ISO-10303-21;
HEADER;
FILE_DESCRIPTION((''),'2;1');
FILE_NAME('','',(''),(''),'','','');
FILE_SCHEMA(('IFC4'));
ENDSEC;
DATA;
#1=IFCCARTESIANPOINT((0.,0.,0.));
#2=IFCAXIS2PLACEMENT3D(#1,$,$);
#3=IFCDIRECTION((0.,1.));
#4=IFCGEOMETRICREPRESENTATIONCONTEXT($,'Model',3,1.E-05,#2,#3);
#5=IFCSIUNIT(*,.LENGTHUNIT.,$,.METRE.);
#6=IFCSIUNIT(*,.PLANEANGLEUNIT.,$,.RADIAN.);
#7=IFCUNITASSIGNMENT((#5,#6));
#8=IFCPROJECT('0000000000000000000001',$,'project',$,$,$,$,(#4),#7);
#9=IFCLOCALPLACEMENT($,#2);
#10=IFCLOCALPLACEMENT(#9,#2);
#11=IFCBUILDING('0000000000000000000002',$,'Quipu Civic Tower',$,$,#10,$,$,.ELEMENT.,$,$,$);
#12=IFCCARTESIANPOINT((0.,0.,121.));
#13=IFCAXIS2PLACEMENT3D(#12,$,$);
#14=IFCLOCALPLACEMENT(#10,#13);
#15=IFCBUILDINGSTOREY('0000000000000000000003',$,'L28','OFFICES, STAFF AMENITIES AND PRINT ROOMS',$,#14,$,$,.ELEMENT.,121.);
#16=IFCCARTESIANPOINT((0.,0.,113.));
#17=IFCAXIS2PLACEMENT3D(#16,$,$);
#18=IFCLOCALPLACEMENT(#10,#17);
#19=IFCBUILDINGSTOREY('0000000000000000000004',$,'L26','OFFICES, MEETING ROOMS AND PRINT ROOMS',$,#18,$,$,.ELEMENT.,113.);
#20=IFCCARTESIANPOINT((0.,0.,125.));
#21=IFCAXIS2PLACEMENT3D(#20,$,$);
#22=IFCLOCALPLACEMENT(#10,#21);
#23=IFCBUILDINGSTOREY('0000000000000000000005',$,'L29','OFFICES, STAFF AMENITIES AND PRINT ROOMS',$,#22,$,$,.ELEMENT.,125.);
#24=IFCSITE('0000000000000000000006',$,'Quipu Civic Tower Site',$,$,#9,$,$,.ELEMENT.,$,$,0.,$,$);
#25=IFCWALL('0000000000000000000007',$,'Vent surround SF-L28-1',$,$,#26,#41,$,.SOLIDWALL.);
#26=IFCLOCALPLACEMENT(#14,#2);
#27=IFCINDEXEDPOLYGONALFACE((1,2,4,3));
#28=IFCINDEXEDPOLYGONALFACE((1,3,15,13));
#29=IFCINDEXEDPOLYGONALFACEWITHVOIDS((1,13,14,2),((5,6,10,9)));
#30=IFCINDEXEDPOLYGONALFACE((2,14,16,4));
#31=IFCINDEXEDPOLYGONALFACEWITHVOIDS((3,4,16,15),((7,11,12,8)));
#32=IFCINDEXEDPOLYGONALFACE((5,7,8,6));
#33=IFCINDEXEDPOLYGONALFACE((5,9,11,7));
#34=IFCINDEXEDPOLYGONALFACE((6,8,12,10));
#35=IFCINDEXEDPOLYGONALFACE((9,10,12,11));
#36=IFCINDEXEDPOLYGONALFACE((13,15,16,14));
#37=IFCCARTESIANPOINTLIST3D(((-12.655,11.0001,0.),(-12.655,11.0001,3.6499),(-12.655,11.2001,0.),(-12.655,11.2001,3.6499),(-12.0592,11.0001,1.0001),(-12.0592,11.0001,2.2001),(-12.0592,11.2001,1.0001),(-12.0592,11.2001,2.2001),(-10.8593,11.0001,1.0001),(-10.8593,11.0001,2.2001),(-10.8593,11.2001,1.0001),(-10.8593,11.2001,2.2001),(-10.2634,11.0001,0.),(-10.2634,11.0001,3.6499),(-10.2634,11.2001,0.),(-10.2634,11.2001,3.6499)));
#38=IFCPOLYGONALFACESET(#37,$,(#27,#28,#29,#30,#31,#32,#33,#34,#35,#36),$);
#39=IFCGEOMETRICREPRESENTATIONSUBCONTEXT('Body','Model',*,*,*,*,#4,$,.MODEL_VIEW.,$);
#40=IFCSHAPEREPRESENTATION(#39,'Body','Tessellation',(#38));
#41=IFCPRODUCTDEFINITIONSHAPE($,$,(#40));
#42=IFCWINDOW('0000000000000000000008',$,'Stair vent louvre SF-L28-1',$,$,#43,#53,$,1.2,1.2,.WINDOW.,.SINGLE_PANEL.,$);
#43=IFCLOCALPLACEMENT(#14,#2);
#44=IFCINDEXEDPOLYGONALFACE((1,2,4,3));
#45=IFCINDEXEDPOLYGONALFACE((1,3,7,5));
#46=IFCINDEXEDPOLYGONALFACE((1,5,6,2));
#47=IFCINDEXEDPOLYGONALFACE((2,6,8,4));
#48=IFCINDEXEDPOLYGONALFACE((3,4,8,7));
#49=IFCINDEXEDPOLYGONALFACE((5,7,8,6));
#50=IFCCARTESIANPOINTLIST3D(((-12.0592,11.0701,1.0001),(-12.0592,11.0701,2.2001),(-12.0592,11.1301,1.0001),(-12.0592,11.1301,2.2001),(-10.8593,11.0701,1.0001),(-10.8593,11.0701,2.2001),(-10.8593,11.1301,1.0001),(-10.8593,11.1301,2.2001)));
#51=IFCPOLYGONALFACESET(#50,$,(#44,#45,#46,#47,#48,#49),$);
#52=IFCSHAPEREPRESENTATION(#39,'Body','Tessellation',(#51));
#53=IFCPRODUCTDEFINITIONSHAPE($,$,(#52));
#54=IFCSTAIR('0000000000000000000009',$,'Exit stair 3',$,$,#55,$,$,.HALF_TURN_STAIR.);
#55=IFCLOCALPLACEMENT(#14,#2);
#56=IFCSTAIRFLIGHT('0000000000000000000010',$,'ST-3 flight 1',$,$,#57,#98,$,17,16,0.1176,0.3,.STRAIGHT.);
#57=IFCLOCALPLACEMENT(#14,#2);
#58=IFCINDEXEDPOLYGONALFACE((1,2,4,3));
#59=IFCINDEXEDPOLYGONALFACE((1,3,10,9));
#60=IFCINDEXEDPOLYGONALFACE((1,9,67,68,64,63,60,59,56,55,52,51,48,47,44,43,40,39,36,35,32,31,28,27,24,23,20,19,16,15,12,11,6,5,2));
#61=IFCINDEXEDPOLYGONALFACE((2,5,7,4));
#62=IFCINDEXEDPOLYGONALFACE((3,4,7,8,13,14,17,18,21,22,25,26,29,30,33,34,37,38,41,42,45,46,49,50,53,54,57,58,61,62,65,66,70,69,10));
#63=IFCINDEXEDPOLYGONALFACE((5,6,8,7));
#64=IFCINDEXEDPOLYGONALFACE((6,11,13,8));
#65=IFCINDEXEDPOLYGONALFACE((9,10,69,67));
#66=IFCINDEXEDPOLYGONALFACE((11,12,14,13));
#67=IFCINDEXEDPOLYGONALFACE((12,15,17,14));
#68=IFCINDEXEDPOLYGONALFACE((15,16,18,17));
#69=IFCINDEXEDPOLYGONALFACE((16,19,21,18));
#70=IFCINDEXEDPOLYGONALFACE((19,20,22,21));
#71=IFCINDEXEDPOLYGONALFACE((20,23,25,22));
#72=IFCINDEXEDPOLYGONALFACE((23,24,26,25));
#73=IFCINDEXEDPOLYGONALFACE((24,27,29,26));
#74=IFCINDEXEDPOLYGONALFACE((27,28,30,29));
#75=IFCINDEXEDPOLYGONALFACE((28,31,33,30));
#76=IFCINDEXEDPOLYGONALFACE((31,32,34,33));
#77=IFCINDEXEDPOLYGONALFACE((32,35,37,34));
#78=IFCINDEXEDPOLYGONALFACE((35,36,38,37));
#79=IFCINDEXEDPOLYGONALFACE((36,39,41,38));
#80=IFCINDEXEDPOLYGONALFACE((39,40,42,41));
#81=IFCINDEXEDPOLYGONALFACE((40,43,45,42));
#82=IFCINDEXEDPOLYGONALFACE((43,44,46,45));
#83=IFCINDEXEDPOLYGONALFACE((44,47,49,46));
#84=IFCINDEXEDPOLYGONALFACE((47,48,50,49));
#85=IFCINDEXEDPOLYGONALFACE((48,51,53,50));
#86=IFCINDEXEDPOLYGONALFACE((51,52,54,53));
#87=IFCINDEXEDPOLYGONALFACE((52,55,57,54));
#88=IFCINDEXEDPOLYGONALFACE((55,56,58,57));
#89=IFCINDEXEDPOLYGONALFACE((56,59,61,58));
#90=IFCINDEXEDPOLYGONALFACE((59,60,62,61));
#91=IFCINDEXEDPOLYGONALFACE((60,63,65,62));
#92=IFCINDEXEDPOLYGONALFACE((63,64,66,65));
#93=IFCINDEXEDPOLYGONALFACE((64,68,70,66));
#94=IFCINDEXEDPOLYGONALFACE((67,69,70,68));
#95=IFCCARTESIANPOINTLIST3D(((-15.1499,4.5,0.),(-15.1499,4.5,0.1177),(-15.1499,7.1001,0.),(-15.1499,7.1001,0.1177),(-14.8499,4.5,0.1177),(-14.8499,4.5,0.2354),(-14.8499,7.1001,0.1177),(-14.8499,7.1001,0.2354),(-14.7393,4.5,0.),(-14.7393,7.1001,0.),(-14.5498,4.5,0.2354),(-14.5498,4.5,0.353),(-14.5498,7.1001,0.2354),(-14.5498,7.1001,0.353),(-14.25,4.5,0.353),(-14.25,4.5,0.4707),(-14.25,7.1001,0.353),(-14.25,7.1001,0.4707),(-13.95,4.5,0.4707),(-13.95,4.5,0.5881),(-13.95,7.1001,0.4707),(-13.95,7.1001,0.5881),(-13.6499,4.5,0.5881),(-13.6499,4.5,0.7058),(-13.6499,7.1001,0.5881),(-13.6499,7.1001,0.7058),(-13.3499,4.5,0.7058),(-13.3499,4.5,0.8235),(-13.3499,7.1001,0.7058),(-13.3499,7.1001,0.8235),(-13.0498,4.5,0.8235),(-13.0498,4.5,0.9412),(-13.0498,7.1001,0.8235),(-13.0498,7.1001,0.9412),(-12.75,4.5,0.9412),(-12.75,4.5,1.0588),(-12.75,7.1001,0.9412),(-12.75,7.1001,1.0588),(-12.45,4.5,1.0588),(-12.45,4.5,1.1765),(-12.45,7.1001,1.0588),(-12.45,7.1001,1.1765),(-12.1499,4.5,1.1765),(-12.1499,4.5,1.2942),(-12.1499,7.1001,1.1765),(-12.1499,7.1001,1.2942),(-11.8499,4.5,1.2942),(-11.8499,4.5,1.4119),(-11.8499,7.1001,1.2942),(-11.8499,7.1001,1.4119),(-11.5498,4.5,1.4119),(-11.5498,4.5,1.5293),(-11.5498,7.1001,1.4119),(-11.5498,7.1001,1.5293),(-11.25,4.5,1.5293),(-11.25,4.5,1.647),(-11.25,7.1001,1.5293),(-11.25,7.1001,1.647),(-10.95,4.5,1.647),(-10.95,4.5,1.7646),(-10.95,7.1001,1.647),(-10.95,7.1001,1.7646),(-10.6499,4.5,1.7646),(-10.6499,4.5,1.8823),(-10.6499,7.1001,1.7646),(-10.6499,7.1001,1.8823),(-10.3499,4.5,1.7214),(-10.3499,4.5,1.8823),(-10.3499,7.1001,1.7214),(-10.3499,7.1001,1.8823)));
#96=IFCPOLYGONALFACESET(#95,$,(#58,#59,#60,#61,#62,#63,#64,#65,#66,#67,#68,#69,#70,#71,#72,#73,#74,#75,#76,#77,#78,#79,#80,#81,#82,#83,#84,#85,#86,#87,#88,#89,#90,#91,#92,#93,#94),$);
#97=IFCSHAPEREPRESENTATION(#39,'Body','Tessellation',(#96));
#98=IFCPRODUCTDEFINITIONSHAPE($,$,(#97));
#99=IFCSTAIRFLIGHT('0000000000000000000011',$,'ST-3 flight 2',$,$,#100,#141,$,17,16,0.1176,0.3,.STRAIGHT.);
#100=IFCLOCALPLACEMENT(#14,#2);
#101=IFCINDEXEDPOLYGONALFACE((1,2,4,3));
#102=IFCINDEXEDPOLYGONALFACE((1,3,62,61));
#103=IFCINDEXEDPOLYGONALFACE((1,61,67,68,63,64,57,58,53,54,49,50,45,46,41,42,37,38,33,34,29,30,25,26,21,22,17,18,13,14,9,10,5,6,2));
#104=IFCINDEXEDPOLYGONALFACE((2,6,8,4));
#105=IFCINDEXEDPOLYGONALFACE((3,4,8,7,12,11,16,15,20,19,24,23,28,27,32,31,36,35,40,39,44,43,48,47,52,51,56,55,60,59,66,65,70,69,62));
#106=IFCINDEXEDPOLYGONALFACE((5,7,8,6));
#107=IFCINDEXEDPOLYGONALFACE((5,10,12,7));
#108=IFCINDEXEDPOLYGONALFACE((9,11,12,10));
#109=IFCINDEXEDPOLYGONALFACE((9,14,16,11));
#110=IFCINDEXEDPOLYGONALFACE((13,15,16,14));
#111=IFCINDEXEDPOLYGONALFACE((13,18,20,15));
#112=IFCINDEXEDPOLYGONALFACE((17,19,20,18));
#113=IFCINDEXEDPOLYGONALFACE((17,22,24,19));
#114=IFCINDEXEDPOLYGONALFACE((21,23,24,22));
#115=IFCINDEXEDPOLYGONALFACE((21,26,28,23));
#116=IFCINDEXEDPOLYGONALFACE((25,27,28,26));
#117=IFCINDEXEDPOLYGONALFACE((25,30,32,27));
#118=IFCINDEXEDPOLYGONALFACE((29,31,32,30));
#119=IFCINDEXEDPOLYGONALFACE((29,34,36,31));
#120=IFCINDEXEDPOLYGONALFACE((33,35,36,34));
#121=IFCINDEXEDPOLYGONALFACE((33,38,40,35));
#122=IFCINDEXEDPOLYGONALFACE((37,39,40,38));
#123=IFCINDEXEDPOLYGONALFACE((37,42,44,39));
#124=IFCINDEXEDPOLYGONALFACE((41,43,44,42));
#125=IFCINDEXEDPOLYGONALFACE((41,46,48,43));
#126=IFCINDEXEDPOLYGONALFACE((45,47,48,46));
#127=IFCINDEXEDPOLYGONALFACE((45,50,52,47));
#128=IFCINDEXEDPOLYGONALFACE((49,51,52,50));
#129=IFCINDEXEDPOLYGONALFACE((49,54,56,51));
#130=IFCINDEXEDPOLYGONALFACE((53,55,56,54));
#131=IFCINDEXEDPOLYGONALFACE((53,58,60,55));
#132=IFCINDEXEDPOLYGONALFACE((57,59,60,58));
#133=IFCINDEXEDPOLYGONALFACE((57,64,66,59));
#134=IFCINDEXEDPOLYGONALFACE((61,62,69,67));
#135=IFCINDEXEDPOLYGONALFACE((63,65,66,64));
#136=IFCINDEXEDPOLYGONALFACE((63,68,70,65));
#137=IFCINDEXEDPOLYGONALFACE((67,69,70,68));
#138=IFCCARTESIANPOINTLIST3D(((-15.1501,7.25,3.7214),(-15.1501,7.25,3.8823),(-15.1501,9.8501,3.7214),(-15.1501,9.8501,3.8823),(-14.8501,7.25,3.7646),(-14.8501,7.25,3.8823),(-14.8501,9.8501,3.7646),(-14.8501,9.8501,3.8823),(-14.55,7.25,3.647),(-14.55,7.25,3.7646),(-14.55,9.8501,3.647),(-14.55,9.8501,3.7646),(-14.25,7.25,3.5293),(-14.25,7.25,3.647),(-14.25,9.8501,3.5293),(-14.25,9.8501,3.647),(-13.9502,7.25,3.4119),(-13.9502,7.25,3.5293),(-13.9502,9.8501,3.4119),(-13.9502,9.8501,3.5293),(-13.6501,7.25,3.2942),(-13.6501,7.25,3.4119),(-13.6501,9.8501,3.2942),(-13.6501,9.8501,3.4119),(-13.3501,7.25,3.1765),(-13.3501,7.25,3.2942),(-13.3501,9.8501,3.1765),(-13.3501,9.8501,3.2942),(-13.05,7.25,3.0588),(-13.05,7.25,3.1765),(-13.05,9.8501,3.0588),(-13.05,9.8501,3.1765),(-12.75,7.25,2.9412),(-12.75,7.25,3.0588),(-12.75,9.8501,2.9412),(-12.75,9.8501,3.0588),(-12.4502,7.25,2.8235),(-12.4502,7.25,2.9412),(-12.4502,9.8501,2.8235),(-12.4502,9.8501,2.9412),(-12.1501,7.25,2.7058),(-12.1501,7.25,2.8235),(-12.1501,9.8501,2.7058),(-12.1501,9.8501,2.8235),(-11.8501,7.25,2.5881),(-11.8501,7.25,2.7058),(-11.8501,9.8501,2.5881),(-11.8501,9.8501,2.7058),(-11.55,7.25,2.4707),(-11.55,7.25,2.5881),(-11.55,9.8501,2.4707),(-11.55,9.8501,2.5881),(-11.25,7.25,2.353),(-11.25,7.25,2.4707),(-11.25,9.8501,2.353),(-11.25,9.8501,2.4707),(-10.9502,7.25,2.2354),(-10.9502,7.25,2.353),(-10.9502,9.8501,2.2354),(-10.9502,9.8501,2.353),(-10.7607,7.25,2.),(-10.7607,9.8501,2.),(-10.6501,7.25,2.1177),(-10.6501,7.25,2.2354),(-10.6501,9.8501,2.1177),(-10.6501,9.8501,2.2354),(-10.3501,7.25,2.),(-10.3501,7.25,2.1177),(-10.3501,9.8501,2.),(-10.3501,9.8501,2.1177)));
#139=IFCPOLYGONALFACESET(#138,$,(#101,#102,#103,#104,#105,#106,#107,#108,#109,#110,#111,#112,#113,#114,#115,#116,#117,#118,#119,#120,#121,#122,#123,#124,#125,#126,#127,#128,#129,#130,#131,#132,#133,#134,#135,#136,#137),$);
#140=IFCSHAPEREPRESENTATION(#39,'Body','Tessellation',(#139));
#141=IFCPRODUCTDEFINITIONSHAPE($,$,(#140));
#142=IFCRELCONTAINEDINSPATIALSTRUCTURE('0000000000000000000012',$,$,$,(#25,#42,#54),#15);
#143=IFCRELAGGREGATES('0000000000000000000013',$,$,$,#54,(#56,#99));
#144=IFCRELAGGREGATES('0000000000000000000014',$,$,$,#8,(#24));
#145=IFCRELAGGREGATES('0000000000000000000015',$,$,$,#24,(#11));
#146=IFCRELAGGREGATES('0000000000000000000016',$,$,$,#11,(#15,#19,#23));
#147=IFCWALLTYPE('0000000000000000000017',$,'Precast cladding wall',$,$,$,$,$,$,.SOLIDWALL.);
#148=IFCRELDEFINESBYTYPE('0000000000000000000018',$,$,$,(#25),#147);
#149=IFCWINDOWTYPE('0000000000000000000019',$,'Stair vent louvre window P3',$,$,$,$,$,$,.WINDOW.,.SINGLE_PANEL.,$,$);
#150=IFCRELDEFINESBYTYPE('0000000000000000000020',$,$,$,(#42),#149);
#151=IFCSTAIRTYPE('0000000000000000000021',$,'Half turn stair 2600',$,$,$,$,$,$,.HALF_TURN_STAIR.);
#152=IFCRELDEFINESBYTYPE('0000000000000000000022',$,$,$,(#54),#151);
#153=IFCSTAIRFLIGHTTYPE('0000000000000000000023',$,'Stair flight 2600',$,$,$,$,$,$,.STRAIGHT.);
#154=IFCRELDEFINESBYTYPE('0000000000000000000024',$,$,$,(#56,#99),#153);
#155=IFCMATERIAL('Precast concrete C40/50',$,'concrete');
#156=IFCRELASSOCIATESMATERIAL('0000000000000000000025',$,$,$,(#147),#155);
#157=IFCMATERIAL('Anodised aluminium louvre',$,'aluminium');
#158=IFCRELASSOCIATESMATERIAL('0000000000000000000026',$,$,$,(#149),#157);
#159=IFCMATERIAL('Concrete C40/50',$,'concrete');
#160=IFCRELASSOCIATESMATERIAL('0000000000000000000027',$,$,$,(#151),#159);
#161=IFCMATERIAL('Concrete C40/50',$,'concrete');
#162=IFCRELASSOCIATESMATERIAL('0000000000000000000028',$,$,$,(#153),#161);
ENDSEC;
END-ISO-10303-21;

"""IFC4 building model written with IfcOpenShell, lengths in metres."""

from ifc_helpers import new_model, si_unit, direction, frame, frame_2d, origin, place, context, subcontext, project, spatial, polyline, rectangle, outline, extrude, material, type_object, element, fill, aggregate, save


model = new_model("IFC4")

# Units and contexts
model_context = context("Model", 3, precision=1e-05, world=origin(), true_north=direction((0.0, 1.0)))
body_context = subcontext(model_context, "Body", "Model", "MODEL_VIEW")
ifc_project = project(units=[si_unit("LENGTHUNIT", "METRE"), si_unit("PLANEANGLEUNIT", "RADIAN")], contexts=[model_context])

# Site, building, storey
site_placement = place(None, origin())
site = spatial("IfcSite", under=ifc_project, at=site_placement, Name="Quipu Civic Tower Site", CompositionType="ELEMENT", RefElevation=0.0)
building_placement = place(site_placement, origin())
building = spatial("IfcBuilding", under=site, at=building_placement, Name="Quipu Civic Tower", CompositionType="ELEMENT")
storey_1_placement = place(building_placement, frame((0.0, 0.0, 121.0)))
storey_1 = spatial("IfcBuildingStorey", under=building, at=storey_1_placement, Name="L28", Description="OFFICES, STAFF AMENITIES AND PRINT ROOMS", CompositionType="ELEMENT", Elevation=121.0)

# Shared definitions
storey_2_placement = place(building_placement, frame((0.0, 0.0, 113.0)))
storey_2 = spatial("IfcBuildingStorey", under=building, at=storey_2_placement, Name="L26", Description="OFFICES, MEETING ROOMS AND PRINT ROOMS", CompositionType="ELEMENT", Elevation=113.0)

# Shared definitions
storey_3_placement = place(building_placement, frame((0.0, 0.0, 125.0)))
storey_3 = spatial("IfcBuildingStorey", under=building, at=storey_3_placement, Name="L29", Description="OFFICES, STAFF AMENITIES AND PRINT ROOMS", CompositionType="ELEMENT", Elevation=125.0)

# Wall, opening, window
ifc_material_1 = material(Name="Precast concrete C40/50", Category="concrete")
wall_type_1 = type_object("IfcWallType", Name="Precast cladding wall", PredefinedType="SOLIDWALL", material=ifc_material_1)
wall_1_placement = place(storey_1_placement, frame((-10.2634, 11.1001, 0.0), z_axis=(0.0, 0.0, 1.0), x_axis=(-1.0, 0.0, 0.0)))
wall_1 = element("IfcWall", 1, at=wall_1_placement, inside=storey_1, type_object=wall_type_1, Name="Vent surround SF-L28-1", PredefinedType="SOLIDWALL", context=body_context, shape_type="SweptSolid", body=[
    extrude(rectangle(XDim=2.3916, YDim=0.2, at=frame_2d((1.1958, 0.0))), origin(), (0.0, 0.0, 1.0), 3.6499),
])
opening_1_placement = place(wall_1_placement, frame((0.5957, 0.0, 1.0)))
opening_1 = element("IfcOpeningElement", 2, at=opening_1_placement, cuts=wall_1, PredefinedType="OPENING", context=body_context, shape_type="SweptSolid", body=[
    extrude(rectangle(XDim=1.2, YDim=1.2, at=frame_2d((0.6001, 0.6001))), frame((0.0, 0.1099, 0.0), z_axis=(0.0, -1.0, 0.0), x_axis=(1.0, 0.0, 0.0)), (0.0, 0.0, 1.0), 0.22),
])
ifc_material_2 = material(Name="Anodised aluminium louvre", Category="aluminium")
window_type = type_object("IfcWindowType", Name="Stair vent louvre window P3", PartitioningType="SINGLE_PANEL", PredefinedType="WINDOW", material=ifc_material_2)
window_placement = place(opening_1_placement, origin())
window = element("IfcWindow", 3, at=window_placement, inside=storey_1, type_object=window_type, Name="Stair vent louvre SF-L28-1", OverallHeight=1.2, OverallWidth=1.2, PartitioningType="SINGLE_PANEL", PredefinedType="WINDOW", context=body_context, shape_type="SweptSolid", body=[
    extrude(rectangle(XDim=1.2, YDim=1.2, at=frame_2d((0.6001, 0.6001))), frame((0.0, 0.03, 0.0), z_axis=(0.0, -1.0, 0.0), x_axis=(1.0, 0.0, 0.0)), (0.0, 0.0, 1.0), 0.0601),
])
fill(opening_1, window)

# Stair, stair flights
ifc_material_3 = material(Name="Concrete C40/50", Category="concrete")
stair_type = type_object("IfcStairType", Name="Half turn stair 2600", PredefinedType="HALF_TURN_STAIR", material=ifc_material_3)
stair_placement = place(storey_1_placement, origin())
stair = element("IfcStair", 4, at=stair_placement, inside=storey_1, type_object=stair_type, Name="Exit stair 3", PredefinedType="HALF_TURN_STAIR")
ifc_material_4 = material(Name="Concrete C40/50", Category="concrete")
stair_flight_type = type_object("IfcStairFlightType", Name="Stair flight 2600", PredefinedType="STRAIGHT", material=ifc_material_4)
stair_flight_1_placement = place(storey_1_placement, frame((-15.1499, 5.8, 0.0), z_axis=(0.0, 0.0, 1.0), x_axis=(1.0, 0.0, 0.0)))
stair_flight_1 = element("IfcStairFlight", 5, at=stair_flight_1_placement, type_object=stair_flight_type, Name="ST-3 flight 1", NumberOfRisers=17, NumberOfTreads=16, PredefinedType="STRAIGHT", RiserHeight=0.1176, TreadLength=0.3, context=body_context, shape_type="SweptSolid", body=[
    extrude(outline(polyline([(0.0, 0.0), (0.0, 0.1177), (0.3, 0.1177), (0.3, 0.2354), (0.6001, 0.2354), (0.6001, 0.353), (0.8999, 0.353), (0.8999, 0.4707), (1.2, 0.4707), (1.2, 0.5881), (1.5, 0.5881), (1.5, 0.7058), (1.8, 0.7058), (1.8, 0.8235), (2.1001, 0.8235), (2.1001, 0.9412), (2.3999, 0.9412), (2.3999, 1.0588), (2.7, 1.0588), (2.7, 1.1765), (3.0, 1.1765), (3.0, 1.2942), (3.3, 1.2942), (3.3, 1.4119), (3.6001, 1.4119), (3.6001, 1.5293), (3.8999, 1.5293), (3.8999, 1.647), (4.2, 1.647), (4.2, 1.7646), (4.5, 1.7646), (4.5, 1.8823), (4.8, 1.8823), (4.8, 2.0), (4.8, 1.7214), (0.4106, 0.0), (0.0, 0.0)])), frame((0.0, 1.3, 0.0), z_axis=(0.0, -1.0, 0.0), x_axis=(1.0, 0.0, 0.0)), (0.0, 0.0, 1.0), 2.6001),
])
stair_flight_2_placement = place(storey_1_placement, frame((-10.3501, 8.55, 2.0), z_axis=(0.0, 0.0, 1.0), x_axis=(-1.0, 0.0, 0.0)))
stair_flight_2 = element("IfcStairFlight", 6, at=stair_flight_2_placement, type_object=stair_flight_type, Name="ST-3 flight 2", NumberOfRisers=17, NumberOfTreads=16, PredefinedType="STRAIGHT", RiserHeight=0.1176, TreadLength=0.3, context=body_context, shape_type="SweptSolid", body=[
    extrude(outline(polyline([(0.0, 0.0), (0.0, 0.1177), (0.3, 0.1177), (0.3, 0.2354), (0.6001, 0.2354), (0.6001, 0.353), (0.8999, 0.353), (0.8999, 0.4707), (1.2, 0.4707), (1.2, 0.5881), (1.5, 0.5881), (1.5, 0.7058), (1.8, 0.7058), (1.8, 0.8235), (2.1001, 0.8235), (2.1001, 0.9412), (2.3999, 0.9412), (2.3999, 1.0588), (2.7, 1.0588), (2.7, 1.1765), (3.0, 1.1765), (3.0, 1.2942), (3.3, 1.2942), (3.3, 1.4119), (3.6001, 1.4119), (3.6001, 1.5293), (3.8999, 1.5293), (3.8999, 1.647), (4.2, 1.647), (4.2, 1.7646), (4.5, 1.7646), (4.5, 1.8823), (4.8, 1.8823), (4.8, 2.0), (4.8, 1.7214), (0.4106, 0.0), (0.0, 0.0)])), frame((0.0, 1.3, 0.0), z_axis=(0.0, -1.0, 0.0), x_axis=(1.0, 0.0, 0.0)), (0.0, 0.0, 1.0), 2.6001),
])
aggregate(stair, [stair_flight_1, stair_flight_2])

save(model, "model.ifc")
